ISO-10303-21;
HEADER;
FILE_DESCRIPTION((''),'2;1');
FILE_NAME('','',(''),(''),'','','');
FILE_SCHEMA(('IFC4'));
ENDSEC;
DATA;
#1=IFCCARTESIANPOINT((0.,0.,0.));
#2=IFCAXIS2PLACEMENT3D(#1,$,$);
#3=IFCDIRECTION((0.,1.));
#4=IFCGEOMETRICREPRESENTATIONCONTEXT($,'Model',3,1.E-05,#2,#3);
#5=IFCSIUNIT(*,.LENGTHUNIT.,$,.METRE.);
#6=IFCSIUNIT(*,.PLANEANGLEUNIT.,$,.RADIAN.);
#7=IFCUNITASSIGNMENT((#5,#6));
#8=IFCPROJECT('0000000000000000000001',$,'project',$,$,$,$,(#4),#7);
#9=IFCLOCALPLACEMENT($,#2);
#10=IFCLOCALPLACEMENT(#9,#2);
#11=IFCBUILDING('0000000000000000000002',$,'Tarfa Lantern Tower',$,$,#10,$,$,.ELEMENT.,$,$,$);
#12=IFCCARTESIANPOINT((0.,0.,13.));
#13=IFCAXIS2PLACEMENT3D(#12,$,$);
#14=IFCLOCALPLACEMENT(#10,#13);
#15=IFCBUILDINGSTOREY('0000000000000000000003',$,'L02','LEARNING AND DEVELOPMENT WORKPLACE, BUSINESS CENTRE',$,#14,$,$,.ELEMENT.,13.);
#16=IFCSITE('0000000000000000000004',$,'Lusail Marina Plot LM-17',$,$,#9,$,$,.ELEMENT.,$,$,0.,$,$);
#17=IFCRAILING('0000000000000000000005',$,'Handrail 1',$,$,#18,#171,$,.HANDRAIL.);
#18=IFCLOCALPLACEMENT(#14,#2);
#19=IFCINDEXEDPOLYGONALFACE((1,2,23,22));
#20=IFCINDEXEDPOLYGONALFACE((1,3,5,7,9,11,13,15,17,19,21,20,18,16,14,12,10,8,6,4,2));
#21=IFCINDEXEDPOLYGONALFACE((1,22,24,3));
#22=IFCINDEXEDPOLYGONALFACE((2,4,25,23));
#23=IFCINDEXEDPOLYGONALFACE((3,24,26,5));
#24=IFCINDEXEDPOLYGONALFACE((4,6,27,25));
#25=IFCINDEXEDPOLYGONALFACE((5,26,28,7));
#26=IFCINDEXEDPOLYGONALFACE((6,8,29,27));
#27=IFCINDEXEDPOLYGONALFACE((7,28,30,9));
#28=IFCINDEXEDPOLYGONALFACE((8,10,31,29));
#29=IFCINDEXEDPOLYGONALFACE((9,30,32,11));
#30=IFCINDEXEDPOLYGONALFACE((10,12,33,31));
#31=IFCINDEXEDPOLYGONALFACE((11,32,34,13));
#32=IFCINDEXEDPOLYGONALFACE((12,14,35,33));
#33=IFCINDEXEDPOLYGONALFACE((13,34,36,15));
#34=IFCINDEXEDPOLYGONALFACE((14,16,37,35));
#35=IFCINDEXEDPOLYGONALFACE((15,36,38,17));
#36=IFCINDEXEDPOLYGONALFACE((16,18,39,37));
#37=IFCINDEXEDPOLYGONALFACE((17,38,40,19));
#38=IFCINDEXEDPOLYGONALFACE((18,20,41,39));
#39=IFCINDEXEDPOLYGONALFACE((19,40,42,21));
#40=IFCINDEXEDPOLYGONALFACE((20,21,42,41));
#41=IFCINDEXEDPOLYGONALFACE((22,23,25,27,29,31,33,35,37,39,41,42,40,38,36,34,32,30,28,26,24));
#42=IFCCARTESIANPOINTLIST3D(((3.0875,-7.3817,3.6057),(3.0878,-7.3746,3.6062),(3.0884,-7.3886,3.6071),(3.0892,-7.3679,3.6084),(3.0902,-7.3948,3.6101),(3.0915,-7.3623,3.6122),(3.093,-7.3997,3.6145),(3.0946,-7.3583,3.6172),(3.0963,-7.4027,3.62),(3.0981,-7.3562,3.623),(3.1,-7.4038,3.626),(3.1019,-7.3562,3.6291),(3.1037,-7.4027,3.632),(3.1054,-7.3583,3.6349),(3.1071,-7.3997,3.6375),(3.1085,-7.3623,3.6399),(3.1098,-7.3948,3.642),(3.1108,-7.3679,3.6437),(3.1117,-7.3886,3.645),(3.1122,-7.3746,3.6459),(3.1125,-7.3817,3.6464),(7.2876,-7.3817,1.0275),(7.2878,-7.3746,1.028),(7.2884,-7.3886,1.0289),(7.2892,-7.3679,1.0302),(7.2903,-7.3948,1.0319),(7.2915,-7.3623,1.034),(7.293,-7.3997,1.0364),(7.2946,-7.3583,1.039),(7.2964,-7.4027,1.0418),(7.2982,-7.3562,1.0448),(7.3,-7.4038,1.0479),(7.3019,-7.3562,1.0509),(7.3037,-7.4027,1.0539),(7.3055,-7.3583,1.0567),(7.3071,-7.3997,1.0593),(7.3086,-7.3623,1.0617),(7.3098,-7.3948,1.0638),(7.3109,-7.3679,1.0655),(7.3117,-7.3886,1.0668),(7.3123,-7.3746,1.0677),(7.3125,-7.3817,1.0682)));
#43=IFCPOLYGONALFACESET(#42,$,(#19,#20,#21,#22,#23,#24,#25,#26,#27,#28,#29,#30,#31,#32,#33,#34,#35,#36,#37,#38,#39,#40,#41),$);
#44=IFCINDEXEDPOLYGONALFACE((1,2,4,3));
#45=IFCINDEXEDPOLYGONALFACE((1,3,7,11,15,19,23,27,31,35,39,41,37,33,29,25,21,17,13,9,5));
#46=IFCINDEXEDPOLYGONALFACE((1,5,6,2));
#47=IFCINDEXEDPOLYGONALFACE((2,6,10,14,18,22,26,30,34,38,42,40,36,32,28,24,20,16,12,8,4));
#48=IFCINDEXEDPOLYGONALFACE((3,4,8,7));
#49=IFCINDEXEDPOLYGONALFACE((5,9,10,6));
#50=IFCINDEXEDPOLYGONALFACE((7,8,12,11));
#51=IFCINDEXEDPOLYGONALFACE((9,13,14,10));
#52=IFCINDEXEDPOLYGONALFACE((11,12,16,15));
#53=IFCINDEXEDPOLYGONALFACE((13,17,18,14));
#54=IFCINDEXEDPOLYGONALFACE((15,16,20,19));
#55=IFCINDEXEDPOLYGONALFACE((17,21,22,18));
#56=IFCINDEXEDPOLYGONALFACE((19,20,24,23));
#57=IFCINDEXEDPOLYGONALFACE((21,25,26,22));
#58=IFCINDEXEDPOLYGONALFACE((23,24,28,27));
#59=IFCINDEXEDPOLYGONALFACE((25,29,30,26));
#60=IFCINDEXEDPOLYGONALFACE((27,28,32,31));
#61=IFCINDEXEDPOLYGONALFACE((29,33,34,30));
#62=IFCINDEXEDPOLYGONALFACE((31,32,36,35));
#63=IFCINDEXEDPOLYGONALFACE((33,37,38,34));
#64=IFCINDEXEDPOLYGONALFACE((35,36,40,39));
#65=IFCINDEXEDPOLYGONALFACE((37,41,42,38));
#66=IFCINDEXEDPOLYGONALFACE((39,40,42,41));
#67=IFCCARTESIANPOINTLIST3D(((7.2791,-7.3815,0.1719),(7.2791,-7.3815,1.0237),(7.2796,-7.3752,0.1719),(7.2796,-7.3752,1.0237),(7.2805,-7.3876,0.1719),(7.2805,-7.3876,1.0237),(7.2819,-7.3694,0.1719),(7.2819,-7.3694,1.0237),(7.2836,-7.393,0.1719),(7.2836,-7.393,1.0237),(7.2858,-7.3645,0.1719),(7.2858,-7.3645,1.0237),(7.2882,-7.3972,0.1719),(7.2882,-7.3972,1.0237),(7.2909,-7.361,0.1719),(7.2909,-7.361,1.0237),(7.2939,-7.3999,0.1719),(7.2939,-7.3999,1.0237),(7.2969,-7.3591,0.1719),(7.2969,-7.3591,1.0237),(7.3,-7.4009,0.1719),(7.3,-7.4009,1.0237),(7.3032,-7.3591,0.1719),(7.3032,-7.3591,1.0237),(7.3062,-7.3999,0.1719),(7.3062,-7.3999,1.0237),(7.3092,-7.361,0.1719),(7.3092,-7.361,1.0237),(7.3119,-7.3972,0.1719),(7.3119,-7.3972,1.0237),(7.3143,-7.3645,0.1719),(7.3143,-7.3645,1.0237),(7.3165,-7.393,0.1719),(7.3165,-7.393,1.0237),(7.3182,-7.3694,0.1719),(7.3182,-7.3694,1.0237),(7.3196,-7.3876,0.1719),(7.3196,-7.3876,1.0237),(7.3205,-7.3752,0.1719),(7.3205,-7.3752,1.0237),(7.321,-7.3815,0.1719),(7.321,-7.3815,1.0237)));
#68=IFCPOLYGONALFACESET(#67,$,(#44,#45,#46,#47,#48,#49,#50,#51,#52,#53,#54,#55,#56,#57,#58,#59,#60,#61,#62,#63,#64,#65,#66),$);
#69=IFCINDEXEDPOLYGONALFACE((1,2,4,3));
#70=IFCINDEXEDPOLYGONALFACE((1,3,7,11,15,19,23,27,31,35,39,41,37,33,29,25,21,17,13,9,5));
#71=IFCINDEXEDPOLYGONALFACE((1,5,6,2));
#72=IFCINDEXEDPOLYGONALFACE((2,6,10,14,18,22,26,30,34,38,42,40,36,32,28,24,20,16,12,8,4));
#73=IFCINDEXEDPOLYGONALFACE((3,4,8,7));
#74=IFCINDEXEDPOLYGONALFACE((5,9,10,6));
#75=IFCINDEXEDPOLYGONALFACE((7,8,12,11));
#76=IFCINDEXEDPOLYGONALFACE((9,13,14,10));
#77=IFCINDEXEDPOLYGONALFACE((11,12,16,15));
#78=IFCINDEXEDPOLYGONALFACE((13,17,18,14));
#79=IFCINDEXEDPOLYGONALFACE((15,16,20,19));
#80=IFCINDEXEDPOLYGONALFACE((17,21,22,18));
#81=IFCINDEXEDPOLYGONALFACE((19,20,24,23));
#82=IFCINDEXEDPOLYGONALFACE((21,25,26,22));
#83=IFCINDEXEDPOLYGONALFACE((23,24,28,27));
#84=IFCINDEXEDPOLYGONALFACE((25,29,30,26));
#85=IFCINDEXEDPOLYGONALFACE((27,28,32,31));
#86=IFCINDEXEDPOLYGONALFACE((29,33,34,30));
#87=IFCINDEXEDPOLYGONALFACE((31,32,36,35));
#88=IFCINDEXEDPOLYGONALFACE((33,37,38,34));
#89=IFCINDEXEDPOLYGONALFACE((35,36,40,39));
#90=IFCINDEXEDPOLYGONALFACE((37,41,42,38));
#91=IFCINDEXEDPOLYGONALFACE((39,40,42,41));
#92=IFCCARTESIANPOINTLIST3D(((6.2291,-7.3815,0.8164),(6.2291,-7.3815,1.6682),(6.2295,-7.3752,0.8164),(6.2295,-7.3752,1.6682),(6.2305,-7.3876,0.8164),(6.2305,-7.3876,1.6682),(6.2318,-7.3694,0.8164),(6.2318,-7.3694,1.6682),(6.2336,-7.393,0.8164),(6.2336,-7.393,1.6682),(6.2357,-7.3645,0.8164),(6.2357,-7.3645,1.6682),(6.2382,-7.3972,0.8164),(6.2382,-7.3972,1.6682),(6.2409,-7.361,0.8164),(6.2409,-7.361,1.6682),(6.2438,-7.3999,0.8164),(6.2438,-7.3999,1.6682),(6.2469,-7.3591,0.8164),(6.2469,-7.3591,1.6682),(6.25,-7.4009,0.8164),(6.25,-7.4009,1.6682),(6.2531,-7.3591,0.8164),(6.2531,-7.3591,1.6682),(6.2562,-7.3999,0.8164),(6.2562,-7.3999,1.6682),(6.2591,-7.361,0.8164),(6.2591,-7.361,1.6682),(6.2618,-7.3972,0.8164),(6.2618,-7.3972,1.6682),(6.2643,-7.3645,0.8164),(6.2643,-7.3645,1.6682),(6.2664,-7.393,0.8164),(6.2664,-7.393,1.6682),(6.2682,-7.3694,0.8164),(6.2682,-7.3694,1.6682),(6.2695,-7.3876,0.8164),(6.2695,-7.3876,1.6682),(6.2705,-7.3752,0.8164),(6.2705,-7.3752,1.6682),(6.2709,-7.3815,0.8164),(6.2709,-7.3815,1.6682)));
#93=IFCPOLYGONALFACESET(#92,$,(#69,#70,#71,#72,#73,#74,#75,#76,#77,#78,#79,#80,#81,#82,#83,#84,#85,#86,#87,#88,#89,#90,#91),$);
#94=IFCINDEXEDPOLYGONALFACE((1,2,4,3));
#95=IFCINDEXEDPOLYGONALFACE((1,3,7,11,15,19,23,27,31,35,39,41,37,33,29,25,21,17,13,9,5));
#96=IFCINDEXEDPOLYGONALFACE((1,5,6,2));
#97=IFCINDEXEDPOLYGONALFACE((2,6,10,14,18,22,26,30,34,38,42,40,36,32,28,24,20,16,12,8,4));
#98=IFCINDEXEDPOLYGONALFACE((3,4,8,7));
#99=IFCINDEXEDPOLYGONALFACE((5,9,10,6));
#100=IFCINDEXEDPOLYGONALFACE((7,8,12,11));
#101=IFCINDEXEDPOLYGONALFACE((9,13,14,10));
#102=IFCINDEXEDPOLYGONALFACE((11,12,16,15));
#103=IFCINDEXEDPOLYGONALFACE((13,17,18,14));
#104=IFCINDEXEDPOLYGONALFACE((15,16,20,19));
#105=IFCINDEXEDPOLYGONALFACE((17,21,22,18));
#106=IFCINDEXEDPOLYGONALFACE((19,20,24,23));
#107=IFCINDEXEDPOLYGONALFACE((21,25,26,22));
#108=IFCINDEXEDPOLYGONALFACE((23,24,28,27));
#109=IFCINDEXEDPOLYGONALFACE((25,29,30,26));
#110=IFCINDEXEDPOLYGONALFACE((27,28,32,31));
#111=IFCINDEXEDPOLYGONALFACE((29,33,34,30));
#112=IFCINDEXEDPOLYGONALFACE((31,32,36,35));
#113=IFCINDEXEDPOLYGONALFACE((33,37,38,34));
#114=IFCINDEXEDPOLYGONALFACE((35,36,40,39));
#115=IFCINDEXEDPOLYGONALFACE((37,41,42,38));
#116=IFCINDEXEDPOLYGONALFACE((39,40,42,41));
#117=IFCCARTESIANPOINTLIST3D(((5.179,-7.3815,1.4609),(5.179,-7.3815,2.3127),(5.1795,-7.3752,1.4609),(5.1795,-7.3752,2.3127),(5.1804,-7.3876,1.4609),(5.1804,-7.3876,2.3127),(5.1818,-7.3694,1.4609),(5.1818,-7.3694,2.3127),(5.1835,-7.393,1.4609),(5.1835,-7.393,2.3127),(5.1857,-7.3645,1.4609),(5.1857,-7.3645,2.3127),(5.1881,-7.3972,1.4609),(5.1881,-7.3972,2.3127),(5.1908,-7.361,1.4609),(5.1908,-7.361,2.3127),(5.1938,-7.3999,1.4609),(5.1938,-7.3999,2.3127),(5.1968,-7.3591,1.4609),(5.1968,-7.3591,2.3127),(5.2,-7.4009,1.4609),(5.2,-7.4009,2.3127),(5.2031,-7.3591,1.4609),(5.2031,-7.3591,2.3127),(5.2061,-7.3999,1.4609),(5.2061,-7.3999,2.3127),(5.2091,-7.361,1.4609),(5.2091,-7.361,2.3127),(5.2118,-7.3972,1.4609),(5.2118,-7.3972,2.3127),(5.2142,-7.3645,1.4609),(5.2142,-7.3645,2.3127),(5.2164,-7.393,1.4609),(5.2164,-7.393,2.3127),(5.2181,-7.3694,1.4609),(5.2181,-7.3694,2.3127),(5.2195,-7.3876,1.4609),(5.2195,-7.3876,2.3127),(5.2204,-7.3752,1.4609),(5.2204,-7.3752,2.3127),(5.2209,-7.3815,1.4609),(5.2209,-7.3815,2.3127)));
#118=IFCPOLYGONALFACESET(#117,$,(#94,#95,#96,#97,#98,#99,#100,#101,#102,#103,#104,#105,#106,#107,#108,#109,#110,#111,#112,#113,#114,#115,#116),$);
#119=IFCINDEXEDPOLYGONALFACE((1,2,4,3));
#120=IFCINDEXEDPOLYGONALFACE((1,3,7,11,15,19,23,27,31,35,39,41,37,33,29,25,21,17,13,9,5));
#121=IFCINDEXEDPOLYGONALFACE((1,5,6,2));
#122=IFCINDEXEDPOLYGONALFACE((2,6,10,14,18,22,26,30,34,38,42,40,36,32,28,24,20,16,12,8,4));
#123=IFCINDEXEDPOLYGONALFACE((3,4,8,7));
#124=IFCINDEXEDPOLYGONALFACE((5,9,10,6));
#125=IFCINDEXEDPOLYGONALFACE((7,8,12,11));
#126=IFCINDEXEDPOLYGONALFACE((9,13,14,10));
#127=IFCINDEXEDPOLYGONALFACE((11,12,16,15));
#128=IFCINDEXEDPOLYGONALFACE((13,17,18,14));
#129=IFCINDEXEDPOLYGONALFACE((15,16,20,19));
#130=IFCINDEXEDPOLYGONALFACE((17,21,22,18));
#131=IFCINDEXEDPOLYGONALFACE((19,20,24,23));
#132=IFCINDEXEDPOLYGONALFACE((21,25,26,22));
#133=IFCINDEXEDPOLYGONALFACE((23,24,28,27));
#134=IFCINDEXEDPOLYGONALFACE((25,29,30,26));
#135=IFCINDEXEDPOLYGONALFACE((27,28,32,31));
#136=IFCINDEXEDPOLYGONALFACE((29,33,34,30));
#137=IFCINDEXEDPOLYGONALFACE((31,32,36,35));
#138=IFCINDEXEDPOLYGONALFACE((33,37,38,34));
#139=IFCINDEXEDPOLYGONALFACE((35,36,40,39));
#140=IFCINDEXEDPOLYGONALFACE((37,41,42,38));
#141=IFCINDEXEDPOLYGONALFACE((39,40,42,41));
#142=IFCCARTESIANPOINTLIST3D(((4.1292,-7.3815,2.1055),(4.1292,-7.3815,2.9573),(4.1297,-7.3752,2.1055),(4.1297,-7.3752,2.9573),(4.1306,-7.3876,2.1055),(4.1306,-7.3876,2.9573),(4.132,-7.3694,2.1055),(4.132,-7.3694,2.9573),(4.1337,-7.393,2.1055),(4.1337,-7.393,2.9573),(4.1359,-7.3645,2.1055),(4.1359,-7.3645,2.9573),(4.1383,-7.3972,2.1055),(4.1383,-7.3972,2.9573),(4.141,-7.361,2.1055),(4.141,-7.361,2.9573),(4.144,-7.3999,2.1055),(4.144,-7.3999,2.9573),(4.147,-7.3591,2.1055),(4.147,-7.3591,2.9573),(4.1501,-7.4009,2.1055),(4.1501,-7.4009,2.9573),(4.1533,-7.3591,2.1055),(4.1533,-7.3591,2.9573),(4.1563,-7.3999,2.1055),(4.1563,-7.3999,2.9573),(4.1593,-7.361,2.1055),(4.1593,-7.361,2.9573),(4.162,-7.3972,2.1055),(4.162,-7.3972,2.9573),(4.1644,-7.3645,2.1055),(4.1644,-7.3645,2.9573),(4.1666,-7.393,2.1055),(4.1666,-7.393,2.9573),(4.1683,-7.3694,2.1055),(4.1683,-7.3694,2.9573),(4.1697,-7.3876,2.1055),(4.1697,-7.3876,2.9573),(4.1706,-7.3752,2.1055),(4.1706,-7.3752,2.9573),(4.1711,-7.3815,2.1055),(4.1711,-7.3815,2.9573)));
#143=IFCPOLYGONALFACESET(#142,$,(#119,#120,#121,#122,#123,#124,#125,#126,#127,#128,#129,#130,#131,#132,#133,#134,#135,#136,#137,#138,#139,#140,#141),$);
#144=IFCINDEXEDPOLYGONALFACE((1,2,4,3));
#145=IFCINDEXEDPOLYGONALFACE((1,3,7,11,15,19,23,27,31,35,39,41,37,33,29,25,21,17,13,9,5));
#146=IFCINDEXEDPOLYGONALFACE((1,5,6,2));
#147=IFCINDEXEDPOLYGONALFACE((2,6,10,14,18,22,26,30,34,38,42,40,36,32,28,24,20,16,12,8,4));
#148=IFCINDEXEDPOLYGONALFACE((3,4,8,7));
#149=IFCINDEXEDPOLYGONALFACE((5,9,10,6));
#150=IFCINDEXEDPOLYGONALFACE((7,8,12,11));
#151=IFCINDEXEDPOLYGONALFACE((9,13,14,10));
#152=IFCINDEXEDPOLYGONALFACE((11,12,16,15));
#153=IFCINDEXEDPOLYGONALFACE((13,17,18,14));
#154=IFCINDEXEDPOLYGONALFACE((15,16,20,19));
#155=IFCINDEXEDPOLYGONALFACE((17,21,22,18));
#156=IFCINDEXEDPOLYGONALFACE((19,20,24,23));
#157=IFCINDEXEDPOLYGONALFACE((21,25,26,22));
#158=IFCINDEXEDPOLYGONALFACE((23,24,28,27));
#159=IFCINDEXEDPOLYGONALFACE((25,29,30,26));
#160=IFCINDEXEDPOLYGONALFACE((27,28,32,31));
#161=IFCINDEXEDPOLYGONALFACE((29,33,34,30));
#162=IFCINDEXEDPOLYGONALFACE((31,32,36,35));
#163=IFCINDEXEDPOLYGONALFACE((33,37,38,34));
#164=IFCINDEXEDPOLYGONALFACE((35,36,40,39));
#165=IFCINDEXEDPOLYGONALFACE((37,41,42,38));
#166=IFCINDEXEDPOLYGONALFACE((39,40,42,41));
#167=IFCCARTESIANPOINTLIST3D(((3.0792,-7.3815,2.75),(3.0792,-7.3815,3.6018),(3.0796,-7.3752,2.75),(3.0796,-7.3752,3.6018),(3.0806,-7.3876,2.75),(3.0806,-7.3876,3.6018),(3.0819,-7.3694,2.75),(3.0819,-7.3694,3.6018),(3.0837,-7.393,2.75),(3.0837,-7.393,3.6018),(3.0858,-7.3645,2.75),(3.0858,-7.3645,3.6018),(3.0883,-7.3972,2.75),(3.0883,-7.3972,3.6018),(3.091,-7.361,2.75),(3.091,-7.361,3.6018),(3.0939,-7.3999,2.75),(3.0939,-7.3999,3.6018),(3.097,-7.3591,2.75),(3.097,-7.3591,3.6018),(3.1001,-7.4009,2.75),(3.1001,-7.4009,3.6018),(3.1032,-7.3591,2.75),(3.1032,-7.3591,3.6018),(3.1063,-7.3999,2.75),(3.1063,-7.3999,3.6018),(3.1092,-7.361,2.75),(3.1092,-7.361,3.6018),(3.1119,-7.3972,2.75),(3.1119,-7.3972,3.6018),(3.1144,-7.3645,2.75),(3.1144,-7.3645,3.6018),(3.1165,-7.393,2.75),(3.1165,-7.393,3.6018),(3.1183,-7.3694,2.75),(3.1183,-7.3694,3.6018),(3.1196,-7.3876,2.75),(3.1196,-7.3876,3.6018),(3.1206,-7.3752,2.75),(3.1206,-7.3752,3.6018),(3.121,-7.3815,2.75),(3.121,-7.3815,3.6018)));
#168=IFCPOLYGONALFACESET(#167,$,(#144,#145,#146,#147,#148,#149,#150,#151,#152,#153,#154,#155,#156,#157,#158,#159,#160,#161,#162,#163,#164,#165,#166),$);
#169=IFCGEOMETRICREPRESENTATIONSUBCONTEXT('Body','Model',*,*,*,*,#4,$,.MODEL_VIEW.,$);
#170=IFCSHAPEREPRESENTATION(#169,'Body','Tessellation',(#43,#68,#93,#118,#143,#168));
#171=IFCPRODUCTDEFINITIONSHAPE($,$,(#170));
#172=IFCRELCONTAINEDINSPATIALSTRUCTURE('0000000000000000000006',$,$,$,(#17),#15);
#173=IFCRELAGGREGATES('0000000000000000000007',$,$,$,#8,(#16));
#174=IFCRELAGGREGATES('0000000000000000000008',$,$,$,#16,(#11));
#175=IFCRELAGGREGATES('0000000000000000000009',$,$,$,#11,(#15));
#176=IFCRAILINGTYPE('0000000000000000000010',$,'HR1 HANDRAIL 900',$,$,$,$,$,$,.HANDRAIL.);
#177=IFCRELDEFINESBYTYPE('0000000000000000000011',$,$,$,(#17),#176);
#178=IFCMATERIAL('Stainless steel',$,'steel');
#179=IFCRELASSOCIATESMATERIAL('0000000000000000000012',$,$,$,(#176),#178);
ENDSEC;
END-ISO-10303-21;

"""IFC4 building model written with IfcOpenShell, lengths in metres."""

from ifc_helpers import new_model, si_unit, direction, frame, origin, origin_2d, place, context, subcontext, project, spatial, circle, extrude, material, type_object, element, save


model = new_model("IFC4")

# Units and contexts
model_context = context("Model", 3, precision=1e-05, world=origin(), true_north=direction((0.0, 1.0)))
body_context = subcontext(model_context, "Body", "Model", "MODEL_VIEW")
ifc_project = project(units=[si_unit("LENGTHUNIT", "METRE"), si_unit("PLANEANGLEUNIT", "RADIAN")], contexts=[model_context])

# Site, building, storey
site_placement = place(None, origin())
site = spatial("IfcSite", under=ifc_project, at=site_placement, Name="Lusail Marina Plot LM-17", CompositionType="ELEMENT", RefElevation=0.0)
building_placement = place(site_placement, origin())
building = spatial("IfcBuilding", under=site, at=building_placement, Name="Tarfa Lantern Tower", CompositionType="ELEMENT")
storey_placement = place(building_placement, frame((0.0, 0.0, 13.0)))
storey = spatial("IfcBuildingStorey", under=building, at=storey_placement, Name="L02", Description="LEARNING AND DEVELOPMENT WORKPLACE, BUSINESS CENTRE", CompositionType="ELEMENT", Elevation=13.0)

# Railing
ifc_material_1 = material(Name="Stainless steel", Category="steel")
railing_type = type_object("IfcRailingType", Name="HR1 HANDRAIL 900", PredefinedType="HANDRAIL", material=ifc_material_1)
railing_1_placement = place(storey_placement, frame((7.3, -7.3799, 0.1719)))
element("IfcRailing", 1, at=railing_1_placement, inside=storey, type_object=railing_type, Name="Handrail 1", PredefinedType="HANDRAIL", context=body_context, shape_type="SweptSolid", body=[
    extrude(circle(Radius=0.0239, at=origin_2d()), frame((0.0, 0.0, 0.876), z_axis=(-0.852243, 0.0, 0.523146), x_axis=(0.0, -1.0, 0.0)), (0.0, 0.0, 1.0), 4.9282),
    extrude(circle(Radius=0.021, at=origin_2d()), frame((0.0, 0.0, 0.0), z_axis=(0.0, 0.0, 1.0), x_axis=(0.0, -1.0, 0.0)), (0.0, 0.0, 1.0), 0.8518),
    extrude(circle(Radius=0.021, at=origin_2d()), frame((-1.05, 0.0, 0.6445), z_axis=(0.0, 0.0, 1.0), x_axis=(0.0, -1.0, 0.0)), (0.0, 0.0, 1.0), 0.8518),
    extrude(circle(Radius=0.021, at=origin_2d()), frame((-2.1001, 0.0, 1.2891), z_axis=(0.0, 0.0, 1.0), x_axis=(0.0, -1.0, 0.0)), (0.0, 0.0, 1.0), 0.8518),
    extrude(circle(Radius=0.021, at=origin_2d()), frame((-3.1499, 0.0, 1.9336), z_axis=(0.0, 0.0, 1.0), x_axis=(0.0, -1.0, 0.0)), (0.0, 0.0, 1.0), 0.8518),
    extrude(circle(Radius=0.021, at=origin_2d()), frame((-4.2, 0.0, 2.5781), z_axis=(0.0, 0.0, 1.0), x_axis=(0.0, -1.0, 0.0)), (0.0, 0.0, 1.0), 0.8518),
])

save(model, "model.ifc")
